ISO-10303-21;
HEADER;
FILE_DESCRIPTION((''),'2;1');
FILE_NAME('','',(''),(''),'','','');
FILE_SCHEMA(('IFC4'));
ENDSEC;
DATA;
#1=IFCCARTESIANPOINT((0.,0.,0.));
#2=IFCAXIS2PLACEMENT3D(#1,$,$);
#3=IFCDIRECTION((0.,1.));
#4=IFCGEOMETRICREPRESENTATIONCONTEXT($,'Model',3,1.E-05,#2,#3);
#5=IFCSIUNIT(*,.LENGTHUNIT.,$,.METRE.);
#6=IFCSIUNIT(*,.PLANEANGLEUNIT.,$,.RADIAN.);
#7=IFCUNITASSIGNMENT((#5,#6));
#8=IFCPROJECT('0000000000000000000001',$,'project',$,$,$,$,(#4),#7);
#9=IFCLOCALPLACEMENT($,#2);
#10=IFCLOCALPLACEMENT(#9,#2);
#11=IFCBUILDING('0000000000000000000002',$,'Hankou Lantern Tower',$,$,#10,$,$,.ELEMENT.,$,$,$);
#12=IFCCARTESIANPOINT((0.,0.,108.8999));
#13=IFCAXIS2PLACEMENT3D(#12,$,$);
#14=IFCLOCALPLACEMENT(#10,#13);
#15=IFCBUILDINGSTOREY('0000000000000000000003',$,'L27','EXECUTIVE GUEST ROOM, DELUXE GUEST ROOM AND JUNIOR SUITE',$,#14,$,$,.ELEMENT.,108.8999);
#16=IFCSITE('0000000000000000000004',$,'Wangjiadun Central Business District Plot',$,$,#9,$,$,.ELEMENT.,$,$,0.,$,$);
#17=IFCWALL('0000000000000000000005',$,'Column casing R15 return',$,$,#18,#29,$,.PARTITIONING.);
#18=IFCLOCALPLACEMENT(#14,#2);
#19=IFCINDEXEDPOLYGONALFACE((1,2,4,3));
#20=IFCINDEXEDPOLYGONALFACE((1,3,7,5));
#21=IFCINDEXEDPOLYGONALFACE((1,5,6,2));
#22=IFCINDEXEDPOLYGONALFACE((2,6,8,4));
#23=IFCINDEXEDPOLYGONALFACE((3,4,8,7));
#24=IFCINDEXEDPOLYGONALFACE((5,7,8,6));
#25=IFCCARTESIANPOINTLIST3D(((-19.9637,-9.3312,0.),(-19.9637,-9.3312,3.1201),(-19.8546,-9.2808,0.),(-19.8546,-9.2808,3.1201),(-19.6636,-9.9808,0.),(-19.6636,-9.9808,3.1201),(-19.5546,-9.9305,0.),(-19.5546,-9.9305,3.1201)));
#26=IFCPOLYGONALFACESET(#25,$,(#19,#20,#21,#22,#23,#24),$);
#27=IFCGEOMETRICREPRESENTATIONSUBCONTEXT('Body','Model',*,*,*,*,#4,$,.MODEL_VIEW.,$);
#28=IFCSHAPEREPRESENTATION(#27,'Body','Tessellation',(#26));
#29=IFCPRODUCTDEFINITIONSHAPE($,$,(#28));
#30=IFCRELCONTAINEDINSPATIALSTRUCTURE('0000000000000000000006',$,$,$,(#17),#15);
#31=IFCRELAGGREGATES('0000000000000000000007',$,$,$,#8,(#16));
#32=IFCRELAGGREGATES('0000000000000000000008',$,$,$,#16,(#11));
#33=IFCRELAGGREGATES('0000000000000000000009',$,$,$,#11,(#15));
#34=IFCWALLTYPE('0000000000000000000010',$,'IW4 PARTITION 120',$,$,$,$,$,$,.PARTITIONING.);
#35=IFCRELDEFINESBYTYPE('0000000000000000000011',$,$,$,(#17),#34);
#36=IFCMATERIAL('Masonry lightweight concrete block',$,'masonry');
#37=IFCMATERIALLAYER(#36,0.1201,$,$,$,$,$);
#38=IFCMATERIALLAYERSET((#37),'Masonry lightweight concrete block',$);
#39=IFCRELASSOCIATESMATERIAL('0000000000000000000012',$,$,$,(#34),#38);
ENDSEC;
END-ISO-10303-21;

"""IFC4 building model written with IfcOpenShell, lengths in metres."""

from ifc_helpers import new_model, si_unit, direction, frame, frame_2d, origin, place, context, subcontext, project, spatial, rectangle, extrude, material, layer, layer_set, type_object, element, save


model = new_model("IFC4")

# Units and contexts
model_context = context("Model", 3, precision=1e-05, world=origin(), true_north=direction((0.0, 1.0)))
body_context = subcontext(model_context, "Body", "Model", "MODEL_VIEW")
ifc_project = project(units=[si_unit("LENGTHUNIT", "METRE"), si_unit("PLANEANGLEUNIT", "RADIAN")], contexts=[model_context])

# Site, building, storey
site_placement = place(None, origin())
site = spatial("IfcSite", under=ifc_project, at=site_placement, Name="Wangjiadun Central Business District Plot", CompositionType="ELEMENT", RefElevation=0.0)
building_placement = place(site_placement, origin())
building = spatial("IfcBuilding", under=site, at=building_placement, Name="Hankou Lantern Tower", CompositionType="ELEMENT")
storey_placement = place(building_placement, frame((0.0, 0.0, 108.8999)))
storey = spatial("IfcBuildingStorey", under=building, at=storey_placement, Name="L27", Description="EXECUTIVE GUEST ROOM, DELUXE GUEST ROOM AND JUNIOR SUITE", CompositionType="ELEMENT", Elevation=108.8999)

# Wall
ifc_material_1 = material(Name="Masonry lightweight concrete block", Category="masonry")
ifc_layer_1 = layer(ifc_material_1, 0.1201)
ifc_layer_set_1 = layer_set([ifc_layer_1], Name="Masonry lightweight concrete block")
wall_type_1 = type_object("IfcWallType", Name="IW4 PARTITION 120", PredefinedType="PARTITIONING", material=ifc_layer_set_1)
wall_1_placement = place(storey_placement, frame((-19.9092, -9.3059, 0.0), z_axis=(0.0, 0.0, 1.0), x_axis=(0.419296, -0.90785, 0.0)))
element("IfcWall", 1, at=wall_1_placement, inside=storey, type_object=wall_type_1, Name="Column casing R15 return", PredefinedType="PARTITIONING", context=body_context, shape_type="SweptSolid", body=[
    extrude(rectangle(XDim=0.7156, YDim=0.1201, at=frame_2d((0.3579, 0.0))), origin(), (0.0, 0.0, 1.0), 3.1201),
])

save(model, "model.ifc")
